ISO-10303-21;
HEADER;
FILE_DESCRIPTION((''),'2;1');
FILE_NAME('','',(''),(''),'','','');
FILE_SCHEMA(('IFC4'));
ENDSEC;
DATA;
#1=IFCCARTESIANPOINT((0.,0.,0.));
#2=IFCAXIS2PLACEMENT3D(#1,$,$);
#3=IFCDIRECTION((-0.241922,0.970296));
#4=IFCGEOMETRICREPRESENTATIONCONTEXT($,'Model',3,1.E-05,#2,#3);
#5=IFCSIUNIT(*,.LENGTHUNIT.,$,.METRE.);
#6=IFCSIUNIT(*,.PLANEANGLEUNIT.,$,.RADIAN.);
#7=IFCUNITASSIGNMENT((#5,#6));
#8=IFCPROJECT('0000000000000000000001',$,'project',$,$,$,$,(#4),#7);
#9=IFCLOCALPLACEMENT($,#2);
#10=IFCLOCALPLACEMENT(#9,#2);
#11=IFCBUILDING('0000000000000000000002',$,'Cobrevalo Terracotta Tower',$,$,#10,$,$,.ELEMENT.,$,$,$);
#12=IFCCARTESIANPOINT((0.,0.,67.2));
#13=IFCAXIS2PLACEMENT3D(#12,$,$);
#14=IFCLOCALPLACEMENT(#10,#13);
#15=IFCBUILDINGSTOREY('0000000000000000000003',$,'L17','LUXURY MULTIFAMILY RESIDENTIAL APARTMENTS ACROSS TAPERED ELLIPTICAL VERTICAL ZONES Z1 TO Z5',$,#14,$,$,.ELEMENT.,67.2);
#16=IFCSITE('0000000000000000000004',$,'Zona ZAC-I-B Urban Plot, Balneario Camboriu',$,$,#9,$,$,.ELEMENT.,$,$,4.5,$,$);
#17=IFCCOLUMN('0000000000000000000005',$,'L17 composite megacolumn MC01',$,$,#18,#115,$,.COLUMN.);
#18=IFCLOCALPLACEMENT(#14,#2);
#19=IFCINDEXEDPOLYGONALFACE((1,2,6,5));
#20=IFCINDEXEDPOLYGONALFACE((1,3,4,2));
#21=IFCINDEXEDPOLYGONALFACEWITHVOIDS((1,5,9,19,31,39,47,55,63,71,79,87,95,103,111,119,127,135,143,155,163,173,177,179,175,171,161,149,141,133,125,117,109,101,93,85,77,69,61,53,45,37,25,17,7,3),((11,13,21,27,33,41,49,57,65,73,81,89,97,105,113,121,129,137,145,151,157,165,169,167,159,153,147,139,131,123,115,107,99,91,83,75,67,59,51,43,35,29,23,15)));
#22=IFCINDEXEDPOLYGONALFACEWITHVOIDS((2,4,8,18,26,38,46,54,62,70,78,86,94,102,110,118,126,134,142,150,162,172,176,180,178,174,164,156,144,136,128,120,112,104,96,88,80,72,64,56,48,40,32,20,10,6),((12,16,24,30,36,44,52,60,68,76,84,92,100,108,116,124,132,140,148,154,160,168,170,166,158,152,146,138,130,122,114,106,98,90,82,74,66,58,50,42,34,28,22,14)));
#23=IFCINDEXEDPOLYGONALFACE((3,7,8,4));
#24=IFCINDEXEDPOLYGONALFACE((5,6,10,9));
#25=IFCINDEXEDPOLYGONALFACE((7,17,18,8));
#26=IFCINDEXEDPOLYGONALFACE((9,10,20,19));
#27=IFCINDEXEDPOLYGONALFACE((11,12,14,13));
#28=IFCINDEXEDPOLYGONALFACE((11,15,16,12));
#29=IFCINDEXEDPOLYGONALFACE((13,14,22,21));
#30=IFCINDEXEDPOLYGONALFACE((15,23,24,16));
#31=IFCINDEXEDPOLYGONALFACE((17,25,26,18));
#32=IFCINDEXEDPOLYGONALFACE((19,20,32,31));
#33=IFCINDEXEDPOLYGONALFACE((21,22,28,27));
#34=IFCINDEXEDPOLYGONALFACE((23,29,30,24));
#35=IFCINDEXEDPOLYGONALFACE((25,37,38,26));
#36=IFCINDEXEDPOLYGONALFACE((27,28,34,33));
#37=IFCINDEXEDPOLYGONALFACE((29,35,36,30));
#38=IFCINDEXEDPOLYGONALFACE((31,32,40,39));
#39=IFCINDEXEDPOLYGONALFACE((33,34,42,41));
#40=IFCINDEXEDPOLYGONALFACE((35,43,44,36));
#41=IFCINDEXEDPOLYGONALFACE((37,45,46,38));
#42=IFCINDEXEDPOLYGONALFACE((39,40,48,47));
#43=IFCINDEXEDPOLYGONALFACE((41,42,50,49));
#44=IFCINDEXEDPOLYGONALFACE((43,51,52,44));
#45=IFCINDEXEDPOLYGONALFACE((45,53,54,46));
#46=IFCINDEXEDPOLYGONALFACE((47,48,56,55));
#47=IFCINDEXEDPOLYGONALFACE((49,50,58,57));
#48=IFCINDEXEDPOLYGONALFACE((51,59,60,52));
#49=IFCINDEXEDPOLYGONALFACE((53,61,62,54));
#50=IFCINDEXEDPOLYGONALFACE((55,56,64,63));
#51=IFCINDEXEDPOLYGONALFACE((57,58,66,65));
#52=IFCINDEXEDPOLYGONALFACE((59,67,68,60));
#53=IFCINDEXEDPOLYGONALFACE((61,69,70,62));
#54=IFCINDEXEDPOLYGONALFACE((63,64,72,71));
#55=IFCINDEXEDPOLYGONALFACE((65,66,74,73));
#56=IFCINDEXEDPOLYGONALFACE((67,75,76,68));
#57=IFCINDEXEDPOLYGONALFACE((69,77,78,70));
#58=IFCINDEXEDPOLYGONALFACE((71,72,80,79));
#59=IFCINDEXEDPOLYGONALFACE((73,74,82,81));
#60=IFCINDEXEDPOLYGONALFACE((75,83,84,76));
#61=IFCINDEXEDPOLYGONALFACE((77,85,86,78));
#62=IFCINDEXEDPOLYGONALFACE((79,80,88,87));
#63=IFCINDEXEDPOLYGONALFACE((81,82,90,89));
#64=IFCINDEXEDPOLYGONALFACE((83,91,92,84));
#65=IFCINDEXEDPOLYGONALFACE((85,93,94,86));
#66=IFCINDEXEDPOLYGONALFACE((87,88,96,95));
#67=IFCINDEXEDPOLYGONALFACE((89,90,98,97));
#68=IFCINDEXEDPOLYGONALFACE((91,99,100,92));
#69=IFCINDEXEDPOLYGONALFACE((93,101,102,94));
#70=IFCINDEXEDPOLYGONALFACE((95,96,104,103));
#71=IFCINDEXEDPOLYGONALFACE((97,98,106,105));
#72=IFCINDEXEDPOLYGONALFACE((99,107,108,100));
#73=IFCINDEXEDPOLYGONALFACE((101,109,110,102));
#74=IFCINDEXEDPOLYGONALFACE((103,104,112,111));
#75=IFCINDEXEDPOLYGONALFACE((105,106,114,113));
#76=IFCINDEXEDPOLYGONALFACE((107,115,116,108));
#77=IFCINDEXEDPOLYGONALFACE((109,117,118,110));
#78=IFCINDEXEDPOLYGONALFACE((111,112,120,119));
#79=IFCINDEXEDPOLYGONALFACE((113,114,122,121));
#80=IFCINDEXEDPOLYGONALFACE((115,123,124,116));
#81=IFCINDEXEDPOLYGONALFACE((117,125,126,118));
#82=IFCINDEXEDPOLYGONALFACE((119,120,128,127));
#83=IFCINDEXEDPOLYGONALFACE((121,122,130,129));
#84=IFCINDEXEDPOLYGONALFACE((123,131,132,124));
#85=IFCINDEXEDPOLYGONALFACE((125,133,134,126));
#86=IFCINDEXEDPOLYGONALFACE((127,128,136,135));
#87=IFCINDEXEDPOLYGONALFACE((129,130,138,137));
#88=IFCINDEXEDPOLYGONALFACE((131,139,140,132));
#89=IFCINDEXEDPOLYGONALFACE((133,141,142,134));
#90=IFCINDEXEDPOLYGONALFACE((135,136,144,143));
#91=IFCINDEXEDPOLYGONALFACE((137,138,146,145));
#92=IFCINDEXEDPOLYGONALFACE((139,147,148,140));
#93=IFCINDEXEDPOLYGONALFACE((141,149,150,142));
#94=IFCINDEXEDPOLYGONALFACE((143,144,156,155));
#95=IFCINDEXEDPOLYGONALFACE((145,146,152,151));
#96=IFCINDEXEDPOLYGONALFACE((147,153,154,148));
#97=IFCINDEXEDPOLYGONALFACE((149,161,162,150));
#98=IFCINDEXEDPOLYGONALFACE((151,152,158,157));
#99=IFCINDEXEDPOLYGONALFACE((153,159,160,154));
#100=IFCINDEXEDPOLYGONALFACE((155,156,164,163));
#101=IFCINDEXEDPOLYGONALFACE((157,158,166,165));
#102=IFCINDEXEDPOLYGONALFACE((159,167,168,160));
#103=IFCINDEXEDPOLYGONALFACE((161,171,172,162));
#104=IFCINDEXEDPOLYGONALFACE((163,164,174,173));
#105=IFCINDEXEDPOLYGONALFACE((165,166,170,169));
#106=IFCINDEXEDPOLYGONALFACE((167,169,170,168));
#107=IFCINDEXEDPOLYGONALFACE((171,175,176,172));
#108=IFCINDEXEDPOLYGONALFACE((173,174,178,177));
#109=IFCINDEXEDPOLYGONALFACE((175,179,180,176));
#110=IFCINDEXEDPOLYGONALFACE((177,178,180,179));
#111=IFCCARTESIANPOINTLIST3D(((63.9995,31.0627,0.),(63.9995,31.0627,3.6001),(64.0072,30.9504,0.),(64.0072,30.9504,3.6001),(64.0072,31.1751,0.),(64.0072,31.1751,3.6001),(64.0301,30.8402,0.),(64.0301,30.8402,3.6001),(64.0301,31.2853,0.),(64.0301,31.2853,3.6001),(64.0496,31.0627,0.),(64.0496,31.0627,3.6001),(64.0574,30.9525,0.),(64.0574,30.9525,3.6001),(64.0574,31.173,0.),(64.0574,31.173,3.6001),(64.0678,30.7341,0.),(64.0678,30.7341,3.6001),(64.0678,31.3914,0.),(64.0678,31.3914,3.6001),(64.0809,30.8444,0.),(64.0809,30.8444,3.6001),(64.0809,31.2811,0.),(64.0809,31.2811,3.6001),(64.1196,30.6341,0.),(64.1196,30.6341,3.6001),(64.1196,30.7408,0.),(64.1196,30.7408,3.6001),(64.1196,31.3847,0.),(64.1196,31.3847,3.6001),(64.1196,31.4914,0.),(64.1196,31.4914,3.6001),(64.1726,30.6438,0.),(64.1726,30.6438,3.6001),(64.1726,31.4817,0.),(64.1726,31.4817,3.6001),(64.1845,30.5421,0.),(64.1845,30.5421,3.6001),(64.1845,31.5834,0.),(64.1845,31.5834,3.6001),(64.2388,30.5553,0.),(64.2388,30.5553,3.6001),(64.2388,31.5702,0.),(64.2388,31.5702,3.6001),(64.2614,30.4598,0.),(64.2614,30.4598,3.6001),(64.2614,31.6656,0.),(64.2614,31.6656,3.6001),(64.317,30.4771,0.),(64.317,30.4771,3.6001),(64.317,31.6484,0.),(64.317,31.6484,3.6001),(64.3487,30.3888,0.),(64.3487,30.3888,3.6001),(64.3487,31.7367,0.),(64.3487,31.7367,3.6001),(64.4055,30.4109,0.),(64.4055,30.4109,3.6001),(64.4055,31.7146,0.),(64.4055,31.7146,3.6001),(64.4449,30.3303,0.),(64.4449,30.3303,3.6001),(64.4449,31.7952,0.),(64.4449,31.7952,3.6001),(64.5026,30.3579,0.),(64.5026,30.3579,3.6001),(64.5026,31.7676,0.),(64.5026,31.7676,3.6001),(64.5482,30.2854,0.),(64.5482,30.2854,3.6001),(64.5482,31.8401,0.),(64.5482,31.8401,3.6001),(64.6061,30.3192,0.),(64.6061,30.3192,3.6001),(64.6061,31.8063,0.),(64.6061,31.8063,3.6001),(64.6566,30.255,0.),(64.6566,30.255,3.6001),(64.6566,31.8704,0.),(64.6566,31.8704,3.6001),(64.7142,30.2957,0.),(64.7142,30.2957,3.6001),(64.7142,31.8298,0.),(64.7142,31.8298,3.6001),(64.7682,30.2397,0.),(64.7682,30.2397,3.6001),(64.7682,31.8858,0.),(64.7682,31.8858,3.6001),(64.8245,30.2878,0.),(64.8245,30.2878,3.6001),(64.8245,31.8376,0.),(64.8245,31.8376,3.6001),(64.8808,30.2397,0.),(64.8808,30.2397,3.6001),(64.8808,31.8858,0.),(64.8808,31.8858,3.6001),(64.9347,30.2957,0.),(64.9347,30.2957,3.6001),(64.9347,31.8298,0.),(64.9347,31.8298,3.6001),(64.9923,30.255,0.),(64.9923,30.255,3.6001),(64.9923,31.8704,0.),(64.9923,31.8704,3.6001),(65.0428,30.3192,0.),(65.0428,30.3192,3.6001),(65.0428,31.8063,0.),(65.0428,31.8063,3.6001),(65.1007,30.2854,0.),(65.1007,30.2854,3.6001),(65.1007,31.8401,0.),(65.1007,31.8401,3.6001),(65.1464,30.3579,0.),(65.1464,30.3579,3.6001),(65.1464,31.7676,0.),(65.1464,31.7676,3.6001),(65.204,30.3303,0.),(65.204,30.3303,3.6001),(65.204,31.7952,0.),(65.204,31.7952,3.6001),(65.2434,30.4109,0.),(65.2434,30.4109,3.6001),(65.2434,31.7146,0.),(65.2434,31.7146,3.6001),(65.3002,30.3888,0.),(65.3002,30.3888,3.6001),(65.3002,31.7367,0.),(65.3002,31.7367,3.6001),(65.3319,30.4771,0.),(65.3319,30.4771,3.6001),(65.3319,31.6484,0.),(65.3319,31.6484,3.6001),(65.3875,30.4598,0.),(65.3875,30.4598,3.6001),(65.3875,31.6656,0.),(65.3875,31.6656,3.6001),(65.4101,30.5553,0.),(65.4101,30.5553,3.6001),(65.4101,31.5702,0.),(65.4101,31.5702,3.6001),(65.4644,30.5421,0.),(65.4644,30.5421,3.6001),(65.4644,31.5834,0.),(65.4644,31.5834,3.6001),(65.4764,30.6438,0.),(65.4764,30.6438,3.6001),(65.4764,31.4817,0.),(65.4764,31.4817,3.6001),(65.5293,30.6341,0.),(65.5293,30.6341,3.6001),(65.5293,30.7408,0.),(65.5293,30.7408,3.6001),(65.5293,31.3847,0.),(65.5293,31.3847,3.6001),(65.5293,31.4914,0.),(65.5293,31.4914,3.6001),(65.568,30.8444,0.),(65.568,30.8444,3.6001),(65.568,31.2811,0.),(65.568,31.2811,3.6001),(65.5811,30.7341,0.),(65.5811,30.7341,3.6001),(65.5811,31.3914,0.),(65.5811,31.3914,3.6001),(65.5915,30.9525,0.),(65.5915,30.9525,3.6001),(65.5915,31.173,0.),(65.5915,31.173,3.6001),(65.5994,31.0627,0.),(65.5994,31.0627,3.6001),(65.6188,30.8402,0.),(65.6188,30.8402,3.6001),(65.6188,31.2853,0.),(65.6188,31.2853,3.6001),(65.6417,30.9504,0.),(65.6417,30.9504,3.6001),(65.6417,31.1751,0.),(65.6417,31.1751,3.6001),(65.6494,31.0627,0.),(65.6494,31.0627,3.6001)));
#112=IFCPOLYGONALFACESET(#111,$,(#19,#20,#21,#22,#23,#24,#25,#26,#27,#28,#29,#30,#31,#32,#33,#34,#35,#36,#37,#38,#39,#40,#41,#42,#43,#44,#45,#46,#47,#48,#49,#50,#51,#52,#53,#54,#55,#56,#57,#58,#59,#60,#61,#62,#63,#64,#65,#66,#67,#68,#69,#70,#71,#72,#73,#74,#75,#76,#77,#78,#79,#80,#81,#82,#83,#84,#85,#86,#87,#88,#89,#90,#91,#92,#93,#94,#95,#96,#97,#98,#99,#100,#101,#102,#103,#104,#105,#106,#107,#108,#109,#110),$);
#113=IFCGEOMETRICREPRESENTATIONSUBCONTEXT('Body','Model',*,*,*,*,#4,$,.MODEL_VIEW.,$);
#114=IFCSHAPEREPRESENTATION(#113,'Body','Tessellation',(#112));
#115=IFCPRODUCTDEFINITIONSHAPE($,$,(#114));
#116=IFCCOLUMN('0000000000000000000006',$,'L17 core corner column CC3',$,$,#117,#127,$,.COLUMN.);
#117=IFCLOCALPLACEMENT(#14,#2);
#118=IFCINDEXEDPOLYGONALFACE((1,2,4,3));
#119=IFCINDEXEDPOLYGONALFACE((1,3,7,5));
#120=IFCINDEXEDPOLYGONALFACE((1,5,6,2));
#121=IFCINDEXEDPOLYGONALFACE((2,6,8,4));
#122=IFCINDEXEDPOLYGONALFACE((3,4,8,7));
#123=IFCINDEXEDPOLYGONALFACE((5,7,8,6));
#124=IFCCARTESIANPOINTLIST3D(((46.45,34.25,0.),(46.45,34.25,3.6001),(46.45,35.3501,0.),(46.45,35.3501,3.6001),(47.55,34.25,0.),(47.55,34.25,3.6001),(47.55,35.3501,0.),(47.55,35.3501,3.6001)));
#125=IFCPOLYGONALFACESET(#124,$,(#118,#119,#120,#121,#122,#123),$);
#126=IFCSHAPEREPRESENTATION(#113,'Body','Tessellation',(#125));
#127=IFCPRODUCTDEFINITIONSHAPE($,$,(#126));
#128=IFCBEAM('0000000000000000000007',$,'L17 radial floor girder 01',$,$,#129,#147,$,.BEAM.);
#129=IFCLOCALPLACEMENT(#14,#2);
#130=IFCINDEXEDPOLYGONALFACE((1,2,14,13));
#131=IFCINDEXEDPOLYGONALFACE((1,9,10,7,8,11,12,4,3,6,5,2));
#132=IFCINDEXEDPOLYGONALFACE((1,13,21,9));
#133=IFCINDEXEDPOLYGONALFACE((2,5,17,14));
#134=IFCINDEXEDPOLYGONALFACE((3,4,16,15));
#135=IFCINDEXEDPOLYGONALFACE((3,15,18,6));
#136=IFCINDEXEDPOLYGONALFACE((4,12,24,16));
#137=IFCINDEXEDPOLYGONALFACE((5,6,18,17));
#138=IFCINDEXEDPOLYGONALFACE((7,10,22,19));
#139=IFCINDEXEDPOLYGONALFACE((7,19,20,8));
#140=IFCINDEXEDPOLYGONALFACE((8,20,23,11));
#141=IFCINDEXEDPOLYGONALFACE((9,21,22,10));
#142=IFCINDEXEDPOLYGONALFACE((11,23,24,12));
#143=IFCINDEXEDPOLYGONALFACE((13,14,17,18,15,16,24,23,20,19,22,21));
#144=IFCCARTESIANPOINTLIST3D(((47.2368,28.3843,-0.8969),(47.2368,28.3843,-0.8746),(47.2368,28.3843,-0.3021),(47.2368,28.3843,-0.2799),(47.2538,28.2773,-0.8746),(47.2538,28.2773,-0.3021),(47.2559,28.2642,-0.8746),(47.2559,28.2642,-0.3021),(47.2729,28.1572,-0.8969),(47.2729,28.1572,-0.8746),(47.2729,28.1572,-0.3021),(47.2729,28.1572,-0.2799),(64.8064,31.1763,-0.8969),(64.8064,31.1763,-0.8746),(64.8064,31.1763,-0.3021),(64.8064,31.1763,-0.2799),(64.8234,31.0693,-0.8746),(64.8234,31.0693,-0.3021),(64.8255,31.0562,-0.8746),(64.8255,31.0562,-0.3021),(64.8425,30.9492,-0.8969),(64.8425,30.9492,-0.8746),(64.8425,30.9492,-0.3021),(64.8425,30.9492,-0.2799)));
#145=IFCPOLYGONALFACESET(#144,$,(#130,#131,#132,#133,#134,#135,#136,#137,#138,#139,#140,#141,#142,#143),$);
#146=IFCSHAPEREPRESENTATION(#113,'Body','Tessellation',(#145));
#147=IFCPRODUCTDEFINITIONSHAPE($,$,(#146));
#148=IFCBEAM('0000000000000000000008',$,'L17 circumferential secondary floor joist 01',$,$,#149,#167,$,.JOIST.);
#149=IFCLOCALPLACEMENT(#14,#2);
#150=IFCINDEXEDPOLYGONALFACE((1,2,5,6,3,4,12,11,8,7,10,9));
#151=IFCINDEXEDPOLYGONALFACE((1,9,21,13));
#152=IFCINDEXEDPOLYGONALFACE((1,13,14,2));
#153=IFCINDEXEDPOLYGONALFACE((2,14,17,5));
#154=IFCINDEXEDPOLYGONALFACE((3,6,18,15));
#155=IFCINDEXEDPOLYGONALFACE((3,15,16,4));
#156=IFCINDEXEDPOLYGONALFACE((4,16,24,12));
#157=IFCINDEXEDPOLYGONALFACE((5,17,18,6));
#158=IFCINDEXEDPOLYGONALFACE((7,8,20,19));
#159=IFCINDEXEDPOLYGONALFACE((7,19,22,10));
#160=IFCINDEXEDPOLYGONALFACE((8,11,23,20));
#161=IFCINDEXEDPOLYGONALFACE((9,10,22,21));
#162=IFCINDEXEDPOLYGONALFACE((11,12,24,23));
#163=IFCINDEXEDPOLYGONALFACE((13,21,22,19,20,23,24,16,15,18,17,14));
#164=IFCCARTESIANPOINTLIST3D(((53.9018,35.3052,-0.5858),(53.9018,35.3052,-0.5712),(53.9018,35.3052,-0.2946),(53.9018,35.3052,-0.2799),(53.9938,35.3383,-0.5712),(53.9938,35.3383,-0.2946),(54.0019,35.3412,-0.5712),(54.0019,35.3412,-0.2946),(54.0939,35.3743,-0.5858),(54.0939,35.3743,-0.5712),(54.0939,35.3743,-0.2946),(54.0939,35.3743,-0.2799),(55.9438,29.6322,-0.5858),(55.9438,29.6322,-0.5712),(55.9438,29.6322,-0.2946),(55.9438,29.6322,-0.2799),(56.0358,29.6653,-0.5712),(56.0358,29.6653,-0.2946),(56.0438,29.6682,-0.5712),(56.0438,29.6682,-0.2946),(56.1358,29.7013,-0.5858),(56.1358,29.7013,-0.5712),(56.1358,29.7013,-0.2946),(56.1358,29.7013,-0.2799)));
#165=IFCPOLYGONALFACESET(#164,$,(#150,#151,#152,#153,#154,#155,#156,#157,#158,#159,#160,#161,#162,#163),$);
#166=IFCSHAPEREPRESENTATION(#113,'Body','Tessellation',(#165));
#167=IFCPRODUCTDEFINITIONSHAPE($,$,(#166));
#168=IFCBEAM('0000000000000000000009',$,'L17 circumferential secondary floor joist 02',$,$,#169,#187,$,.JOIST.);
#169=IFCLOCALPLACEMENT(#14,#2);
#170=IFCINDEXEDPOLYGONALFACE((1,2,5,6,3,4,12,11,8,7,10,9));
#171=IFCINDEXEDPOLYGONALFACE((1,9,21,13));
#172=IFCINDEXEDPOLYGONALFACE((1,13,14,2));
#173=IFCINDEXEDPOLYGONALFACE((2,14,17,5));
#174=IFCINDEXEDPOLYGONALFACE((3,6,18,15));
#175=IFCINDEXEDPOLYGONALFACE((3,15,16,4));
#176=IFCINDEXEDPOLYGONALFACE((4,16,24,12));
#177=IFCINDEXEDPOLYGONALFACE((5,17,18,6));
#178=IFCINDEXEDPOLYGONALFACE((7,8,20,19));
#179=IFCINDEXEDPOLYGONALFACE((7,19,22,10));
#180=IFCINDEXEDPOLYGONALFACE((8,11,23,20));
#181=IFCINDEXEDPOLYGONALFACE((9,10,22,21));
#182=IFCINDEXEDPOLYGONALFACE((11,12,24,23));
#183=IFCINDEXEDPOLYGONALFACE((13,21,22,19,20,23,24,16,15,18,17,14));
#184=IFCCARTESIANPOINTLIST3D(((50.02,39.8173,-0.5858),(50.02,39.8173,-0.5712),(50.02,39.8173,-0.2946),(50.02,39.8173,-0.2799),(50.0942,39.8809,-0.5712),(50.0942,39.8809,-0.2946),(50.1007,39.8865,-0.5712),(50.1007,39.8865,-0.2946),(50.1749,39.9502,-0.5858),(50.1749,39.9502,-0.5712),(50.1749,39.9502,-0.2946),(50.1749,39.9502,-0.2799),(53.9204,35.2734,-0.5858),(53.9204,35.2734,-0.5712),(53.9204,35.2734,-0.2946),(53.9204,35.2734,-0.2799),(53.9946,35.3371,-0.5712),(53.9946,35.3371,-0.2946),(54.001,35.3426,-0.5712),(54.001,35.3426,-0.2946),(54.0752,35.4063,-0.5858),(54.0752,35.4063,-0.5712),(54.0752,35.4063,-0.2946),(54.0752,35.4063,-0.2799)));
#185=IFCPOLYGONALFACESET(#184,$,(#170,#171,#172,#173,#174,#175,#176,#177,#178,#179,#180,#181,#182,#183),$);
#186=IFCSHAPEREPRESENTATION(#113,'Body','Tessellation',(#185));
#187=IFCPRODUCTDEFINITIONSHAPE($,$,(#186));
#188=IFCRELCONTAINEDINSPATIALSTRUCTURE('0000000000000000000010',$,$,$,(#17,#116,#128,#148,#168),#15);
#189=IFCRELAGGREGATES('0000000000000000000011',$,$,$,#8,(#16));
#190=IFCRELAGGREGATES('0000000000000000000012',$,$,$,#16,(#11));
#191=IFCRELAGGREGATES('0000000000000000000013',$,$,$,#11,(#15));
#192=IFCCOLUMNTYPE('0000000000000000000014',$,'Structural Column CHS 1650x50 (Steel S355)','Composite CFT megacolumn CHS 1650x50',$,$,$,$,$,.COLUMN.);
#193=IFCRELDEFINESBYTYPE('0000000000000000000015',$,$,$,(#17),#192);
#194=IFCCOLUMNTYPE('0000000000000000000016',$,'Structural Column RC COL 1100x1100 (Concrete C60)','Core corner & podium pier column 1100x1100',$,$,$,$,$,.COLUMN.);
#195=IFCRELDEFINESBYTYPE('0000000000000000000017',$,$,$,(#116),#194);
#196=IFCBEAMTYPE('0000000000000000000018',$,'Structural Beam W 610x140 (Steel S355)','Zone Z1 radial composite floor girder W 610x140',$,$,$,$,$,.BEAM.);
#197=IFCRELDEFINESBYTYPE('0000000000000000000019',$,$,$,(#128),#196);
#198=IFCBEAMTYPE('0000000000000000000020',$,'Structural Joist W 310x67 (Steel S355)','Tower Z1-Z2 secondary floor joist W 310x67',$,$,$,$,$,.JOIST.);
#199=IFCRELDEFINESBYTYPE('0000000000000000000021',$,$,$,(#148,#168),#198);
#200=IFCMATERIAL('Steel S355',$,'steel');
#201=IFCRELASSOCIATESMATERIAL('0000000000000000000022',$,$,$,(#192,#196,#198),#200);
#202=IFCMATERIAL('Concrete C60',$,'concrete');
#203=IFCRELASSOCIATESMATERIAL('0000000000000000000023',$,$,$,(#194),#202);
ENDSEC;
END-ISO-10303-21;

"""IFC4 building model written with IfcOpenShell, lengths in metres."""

from ifc_helpers import new_model, si_unit, direction, frame, origin, origin_2d, place, context, subcontext, project, spatial, rectangle, hollow_circle, i_section, extrude, material, material_profile, profile_set, type_object, element, save


model = new_model("IFC4")

# Units and contexts
model_context = context("Model", 3, precision=1e-05, world=origin(), true_north=direction((-0.241922, 0.970296)))
body_context = subcontext(model_context, "Body", "Model", "MODEL_VIEW")
ifc_project = project(units=[si_unit("LENGTHUNIT", "METRE"), si_unit("PLANEANGLEUNIT", "RADIAN")], contexts=[model_context])

# Site, building, storey
site_placement = place(None, origin())
site = spatial("IfcSite", under=ifc_project, at=site_placement, Name="Zona ZAC-I-B Urban Plot, Balneario Camboriu", CompositionType="ELEMENT", RefElevation=4.5)
building_placement = place(site_placement, origin())
building = spatial("IfcBuilding", under=site, at=building_placement, Name="Cobrevalo Terracotta Tower", CompositionType="ELEMENT")
storey_placement = place(building_placement, frame((0.0, 0.0, 67.2)))
storey = spatial("IfcBuildingStorey", under=building, at=storey_placement, Name="L17", Description="LUXURY MULTIFAMILY RESIDENTIAL APARTMENTS ACROSS TAPERED ELLIPTICAL VERTICAL ZONES Z1 TO Z5", CompositionType="ELEMENT", Elevation=67.2)

# Columns
ifc_material_1 = material(Name="Steel S355", Category="steel")
ifc_material_profile_1 = material_profile(ifc_material_1, hollow_circle(Radius=0.825, WallThickness=0.05, at=origin_2d()), Name="CHS 1650x50")
ifc_profile_set_1 = profile_set([ifc_material_profile_1], Name="Steel S355")
column_type_1 = type_object("IfcColumnType", Name="Structural Column CHS 1650x50 (Steel S355)", Description="Composite CFT megacolumn CHS 1650x50", PredefinedType="COLUMN", material=ifc_profile_set_1)
column_1_placement = place(storey_placement, frame((64.8245, 31.0627, 0.0), z_axis=(0.0, 0.0, 1.0), x_axis=(1.0, 0.0, 0.0)))
element("IfcColumn", 1, at=column_1_placement, inside=storey, type_object=column_type_1, Name="L17 composite megacolumn MC01", PredefinedType="COLUMN", context=body_context, shape_type="SweptSolid", body=[
    extrude(hollow_circle(Radius=0.825, WallThickness=0.05, at=origin_2d()), origin(), (0.0, 0.0, 1.0), 3.6001),
])
ifc_material_2 = material(Name="Concrete C60", Category="concrete")
ifc_material_profile_2 = material_profile(ifc_material_2, rectangle(XDim=1.1001, YDim=1.1001, at=origin_2d()), Name="RC COL 1100x1100")
ifc_profile_set_2 = profile_set([ifc_material_profile_2], Name="Concrete C60")
column_type_2 = type_object("IfcColumnType", Name="Structural Column RC COL 1100x1100 (Concrete C60)", Description="Core corner & podium pier column 1100x1100", PredefinedType="COLUMN", material=ifc_profile_set_2)
column_2_placement = place(storey_placement, frame((47.0, 34.8, 0.0), z_axis=(0.0, 0.0, 1.0), x_axis=(1.0, 0.0, 0.0)))
element("IfcColumn", 2, at=column_2_placement, inside=storey, type_object=column_type_2, Name="L17 core corner column CC3", PredefinedType="COLUMN", context=body_context, shape_type="SweptSolid", body=[
    extrude(rectangle(XDim=1.1001, YDim=1.1001, at=origin_2d()), origin(), (0.0, 0.0, 1.0), 3.6001),
])

# Beams
ifc_material_profile_3 = material_profile(ifc_material_1, i_section(OverallWidth=0.23, OverallDepth=0.6169, WebThickness=0.0132, FlangeThickness=0.0222, at=origin_2d()), Name="W 610x140")
ifc_profile_set_3 = profile_set([ifc_material_profile_3], Name="Steel S355")
beam_type_1 = type_object("IfcBeamType", Name="Structural Beam W 610x140 (Steel S355)", Description="Zone Z1 radial composite floor girder W 610x140", PredefinedType="BEAM", material=ifc_profile_set_3)
beam_1_placement = place(storey_placement, frame((64.8245, 31.0627, -0.5884), z_axis=(-0.987608, -0.156941, 0.0), x_axis=(0.156941, -0.987608, 0.0)))
element("IfcBeam", 3, at=beam_1_placement, inside=storey, type_object=beam_type_1, Name="L17 radial floor girder 01", PredefinedType="BEAM", context=body_context, shape_type="SweptSolid", body=[
    extrude(i_section(OverallWidth=0.23, OverallDepth=0.6169, WebThickness=0.0132, FlangeThickness=0.0222, at=origin_2d()), origin(), (0.0, 0.0, 1.0), 17.79),
])
ifc_material_profile_4 = material_profile(ifc_material_1, i_section(OverallWidth=0.2041, OverallDepth=0.3059, WebThickness=0.0085, FlangeThickness=0.0146, at=origin_2d()), Name="W 310x67")
ifc_profile_set_4 = profile_set([ifc_material_profile_4], Name="Steel S355")
beam_type_2 = type_object("IfcBeamType", Name="Structural Joist W 310x67 (Steel S355)", Description="Tower Z1-Z2 secondary floor joist W 310x67", PredefinedType="JOIST", material=ifc_profile_set_4)
beam_2_placement = place(storey_placement, frame((56.0398, 29.6667, -0.4329), z_axis=(-0.338672, 0.940904, 0.0), x_axis=(-0.940904, -0.338672, 0.0)))
element("IfcBeam", 4, at=beam_2_placement, inside=storey, type_object=beam_type_2, Name="L17 circumferential secondary floor joist 01", PredefinedType="JOIST", context=body_context, shape_type="SweptSolid", body=[
    extrude(i_section(OverallWidth=0.2041, OverallDepth=0.3059, WebThickness=0.0085, FlangeThickness=0.0146, at=origin_2d()), origin(), (0.0, 0.0, 1.0), 6.0293),
])
beam_3_placement = place(storey_placement, frame((53.9978, 35.3398, -0.4329), z_axis=(-0.651328, 0.758796, 0.0), x_axis=(-0.758796, -0.651328, 0.0)))
element("IfcBeam", 5, at=beam_3_placement, inside=storey, type_object=beam_type_2, Name="L17 circumferential secondary floor joist 02", PredefinedType="JOIST", context=body_context, shape_type="SweptSolid", body=[
    extrude(i_section(OverallWidth=0.2041, OverallDepth=0.3059, WebThickness=0.0085, FlangeThickness=0.0146, at=origin_2d()), origin(), (0.0, 0.0, 1.0), 5.9883),
])

save(model, "model.ifc")
